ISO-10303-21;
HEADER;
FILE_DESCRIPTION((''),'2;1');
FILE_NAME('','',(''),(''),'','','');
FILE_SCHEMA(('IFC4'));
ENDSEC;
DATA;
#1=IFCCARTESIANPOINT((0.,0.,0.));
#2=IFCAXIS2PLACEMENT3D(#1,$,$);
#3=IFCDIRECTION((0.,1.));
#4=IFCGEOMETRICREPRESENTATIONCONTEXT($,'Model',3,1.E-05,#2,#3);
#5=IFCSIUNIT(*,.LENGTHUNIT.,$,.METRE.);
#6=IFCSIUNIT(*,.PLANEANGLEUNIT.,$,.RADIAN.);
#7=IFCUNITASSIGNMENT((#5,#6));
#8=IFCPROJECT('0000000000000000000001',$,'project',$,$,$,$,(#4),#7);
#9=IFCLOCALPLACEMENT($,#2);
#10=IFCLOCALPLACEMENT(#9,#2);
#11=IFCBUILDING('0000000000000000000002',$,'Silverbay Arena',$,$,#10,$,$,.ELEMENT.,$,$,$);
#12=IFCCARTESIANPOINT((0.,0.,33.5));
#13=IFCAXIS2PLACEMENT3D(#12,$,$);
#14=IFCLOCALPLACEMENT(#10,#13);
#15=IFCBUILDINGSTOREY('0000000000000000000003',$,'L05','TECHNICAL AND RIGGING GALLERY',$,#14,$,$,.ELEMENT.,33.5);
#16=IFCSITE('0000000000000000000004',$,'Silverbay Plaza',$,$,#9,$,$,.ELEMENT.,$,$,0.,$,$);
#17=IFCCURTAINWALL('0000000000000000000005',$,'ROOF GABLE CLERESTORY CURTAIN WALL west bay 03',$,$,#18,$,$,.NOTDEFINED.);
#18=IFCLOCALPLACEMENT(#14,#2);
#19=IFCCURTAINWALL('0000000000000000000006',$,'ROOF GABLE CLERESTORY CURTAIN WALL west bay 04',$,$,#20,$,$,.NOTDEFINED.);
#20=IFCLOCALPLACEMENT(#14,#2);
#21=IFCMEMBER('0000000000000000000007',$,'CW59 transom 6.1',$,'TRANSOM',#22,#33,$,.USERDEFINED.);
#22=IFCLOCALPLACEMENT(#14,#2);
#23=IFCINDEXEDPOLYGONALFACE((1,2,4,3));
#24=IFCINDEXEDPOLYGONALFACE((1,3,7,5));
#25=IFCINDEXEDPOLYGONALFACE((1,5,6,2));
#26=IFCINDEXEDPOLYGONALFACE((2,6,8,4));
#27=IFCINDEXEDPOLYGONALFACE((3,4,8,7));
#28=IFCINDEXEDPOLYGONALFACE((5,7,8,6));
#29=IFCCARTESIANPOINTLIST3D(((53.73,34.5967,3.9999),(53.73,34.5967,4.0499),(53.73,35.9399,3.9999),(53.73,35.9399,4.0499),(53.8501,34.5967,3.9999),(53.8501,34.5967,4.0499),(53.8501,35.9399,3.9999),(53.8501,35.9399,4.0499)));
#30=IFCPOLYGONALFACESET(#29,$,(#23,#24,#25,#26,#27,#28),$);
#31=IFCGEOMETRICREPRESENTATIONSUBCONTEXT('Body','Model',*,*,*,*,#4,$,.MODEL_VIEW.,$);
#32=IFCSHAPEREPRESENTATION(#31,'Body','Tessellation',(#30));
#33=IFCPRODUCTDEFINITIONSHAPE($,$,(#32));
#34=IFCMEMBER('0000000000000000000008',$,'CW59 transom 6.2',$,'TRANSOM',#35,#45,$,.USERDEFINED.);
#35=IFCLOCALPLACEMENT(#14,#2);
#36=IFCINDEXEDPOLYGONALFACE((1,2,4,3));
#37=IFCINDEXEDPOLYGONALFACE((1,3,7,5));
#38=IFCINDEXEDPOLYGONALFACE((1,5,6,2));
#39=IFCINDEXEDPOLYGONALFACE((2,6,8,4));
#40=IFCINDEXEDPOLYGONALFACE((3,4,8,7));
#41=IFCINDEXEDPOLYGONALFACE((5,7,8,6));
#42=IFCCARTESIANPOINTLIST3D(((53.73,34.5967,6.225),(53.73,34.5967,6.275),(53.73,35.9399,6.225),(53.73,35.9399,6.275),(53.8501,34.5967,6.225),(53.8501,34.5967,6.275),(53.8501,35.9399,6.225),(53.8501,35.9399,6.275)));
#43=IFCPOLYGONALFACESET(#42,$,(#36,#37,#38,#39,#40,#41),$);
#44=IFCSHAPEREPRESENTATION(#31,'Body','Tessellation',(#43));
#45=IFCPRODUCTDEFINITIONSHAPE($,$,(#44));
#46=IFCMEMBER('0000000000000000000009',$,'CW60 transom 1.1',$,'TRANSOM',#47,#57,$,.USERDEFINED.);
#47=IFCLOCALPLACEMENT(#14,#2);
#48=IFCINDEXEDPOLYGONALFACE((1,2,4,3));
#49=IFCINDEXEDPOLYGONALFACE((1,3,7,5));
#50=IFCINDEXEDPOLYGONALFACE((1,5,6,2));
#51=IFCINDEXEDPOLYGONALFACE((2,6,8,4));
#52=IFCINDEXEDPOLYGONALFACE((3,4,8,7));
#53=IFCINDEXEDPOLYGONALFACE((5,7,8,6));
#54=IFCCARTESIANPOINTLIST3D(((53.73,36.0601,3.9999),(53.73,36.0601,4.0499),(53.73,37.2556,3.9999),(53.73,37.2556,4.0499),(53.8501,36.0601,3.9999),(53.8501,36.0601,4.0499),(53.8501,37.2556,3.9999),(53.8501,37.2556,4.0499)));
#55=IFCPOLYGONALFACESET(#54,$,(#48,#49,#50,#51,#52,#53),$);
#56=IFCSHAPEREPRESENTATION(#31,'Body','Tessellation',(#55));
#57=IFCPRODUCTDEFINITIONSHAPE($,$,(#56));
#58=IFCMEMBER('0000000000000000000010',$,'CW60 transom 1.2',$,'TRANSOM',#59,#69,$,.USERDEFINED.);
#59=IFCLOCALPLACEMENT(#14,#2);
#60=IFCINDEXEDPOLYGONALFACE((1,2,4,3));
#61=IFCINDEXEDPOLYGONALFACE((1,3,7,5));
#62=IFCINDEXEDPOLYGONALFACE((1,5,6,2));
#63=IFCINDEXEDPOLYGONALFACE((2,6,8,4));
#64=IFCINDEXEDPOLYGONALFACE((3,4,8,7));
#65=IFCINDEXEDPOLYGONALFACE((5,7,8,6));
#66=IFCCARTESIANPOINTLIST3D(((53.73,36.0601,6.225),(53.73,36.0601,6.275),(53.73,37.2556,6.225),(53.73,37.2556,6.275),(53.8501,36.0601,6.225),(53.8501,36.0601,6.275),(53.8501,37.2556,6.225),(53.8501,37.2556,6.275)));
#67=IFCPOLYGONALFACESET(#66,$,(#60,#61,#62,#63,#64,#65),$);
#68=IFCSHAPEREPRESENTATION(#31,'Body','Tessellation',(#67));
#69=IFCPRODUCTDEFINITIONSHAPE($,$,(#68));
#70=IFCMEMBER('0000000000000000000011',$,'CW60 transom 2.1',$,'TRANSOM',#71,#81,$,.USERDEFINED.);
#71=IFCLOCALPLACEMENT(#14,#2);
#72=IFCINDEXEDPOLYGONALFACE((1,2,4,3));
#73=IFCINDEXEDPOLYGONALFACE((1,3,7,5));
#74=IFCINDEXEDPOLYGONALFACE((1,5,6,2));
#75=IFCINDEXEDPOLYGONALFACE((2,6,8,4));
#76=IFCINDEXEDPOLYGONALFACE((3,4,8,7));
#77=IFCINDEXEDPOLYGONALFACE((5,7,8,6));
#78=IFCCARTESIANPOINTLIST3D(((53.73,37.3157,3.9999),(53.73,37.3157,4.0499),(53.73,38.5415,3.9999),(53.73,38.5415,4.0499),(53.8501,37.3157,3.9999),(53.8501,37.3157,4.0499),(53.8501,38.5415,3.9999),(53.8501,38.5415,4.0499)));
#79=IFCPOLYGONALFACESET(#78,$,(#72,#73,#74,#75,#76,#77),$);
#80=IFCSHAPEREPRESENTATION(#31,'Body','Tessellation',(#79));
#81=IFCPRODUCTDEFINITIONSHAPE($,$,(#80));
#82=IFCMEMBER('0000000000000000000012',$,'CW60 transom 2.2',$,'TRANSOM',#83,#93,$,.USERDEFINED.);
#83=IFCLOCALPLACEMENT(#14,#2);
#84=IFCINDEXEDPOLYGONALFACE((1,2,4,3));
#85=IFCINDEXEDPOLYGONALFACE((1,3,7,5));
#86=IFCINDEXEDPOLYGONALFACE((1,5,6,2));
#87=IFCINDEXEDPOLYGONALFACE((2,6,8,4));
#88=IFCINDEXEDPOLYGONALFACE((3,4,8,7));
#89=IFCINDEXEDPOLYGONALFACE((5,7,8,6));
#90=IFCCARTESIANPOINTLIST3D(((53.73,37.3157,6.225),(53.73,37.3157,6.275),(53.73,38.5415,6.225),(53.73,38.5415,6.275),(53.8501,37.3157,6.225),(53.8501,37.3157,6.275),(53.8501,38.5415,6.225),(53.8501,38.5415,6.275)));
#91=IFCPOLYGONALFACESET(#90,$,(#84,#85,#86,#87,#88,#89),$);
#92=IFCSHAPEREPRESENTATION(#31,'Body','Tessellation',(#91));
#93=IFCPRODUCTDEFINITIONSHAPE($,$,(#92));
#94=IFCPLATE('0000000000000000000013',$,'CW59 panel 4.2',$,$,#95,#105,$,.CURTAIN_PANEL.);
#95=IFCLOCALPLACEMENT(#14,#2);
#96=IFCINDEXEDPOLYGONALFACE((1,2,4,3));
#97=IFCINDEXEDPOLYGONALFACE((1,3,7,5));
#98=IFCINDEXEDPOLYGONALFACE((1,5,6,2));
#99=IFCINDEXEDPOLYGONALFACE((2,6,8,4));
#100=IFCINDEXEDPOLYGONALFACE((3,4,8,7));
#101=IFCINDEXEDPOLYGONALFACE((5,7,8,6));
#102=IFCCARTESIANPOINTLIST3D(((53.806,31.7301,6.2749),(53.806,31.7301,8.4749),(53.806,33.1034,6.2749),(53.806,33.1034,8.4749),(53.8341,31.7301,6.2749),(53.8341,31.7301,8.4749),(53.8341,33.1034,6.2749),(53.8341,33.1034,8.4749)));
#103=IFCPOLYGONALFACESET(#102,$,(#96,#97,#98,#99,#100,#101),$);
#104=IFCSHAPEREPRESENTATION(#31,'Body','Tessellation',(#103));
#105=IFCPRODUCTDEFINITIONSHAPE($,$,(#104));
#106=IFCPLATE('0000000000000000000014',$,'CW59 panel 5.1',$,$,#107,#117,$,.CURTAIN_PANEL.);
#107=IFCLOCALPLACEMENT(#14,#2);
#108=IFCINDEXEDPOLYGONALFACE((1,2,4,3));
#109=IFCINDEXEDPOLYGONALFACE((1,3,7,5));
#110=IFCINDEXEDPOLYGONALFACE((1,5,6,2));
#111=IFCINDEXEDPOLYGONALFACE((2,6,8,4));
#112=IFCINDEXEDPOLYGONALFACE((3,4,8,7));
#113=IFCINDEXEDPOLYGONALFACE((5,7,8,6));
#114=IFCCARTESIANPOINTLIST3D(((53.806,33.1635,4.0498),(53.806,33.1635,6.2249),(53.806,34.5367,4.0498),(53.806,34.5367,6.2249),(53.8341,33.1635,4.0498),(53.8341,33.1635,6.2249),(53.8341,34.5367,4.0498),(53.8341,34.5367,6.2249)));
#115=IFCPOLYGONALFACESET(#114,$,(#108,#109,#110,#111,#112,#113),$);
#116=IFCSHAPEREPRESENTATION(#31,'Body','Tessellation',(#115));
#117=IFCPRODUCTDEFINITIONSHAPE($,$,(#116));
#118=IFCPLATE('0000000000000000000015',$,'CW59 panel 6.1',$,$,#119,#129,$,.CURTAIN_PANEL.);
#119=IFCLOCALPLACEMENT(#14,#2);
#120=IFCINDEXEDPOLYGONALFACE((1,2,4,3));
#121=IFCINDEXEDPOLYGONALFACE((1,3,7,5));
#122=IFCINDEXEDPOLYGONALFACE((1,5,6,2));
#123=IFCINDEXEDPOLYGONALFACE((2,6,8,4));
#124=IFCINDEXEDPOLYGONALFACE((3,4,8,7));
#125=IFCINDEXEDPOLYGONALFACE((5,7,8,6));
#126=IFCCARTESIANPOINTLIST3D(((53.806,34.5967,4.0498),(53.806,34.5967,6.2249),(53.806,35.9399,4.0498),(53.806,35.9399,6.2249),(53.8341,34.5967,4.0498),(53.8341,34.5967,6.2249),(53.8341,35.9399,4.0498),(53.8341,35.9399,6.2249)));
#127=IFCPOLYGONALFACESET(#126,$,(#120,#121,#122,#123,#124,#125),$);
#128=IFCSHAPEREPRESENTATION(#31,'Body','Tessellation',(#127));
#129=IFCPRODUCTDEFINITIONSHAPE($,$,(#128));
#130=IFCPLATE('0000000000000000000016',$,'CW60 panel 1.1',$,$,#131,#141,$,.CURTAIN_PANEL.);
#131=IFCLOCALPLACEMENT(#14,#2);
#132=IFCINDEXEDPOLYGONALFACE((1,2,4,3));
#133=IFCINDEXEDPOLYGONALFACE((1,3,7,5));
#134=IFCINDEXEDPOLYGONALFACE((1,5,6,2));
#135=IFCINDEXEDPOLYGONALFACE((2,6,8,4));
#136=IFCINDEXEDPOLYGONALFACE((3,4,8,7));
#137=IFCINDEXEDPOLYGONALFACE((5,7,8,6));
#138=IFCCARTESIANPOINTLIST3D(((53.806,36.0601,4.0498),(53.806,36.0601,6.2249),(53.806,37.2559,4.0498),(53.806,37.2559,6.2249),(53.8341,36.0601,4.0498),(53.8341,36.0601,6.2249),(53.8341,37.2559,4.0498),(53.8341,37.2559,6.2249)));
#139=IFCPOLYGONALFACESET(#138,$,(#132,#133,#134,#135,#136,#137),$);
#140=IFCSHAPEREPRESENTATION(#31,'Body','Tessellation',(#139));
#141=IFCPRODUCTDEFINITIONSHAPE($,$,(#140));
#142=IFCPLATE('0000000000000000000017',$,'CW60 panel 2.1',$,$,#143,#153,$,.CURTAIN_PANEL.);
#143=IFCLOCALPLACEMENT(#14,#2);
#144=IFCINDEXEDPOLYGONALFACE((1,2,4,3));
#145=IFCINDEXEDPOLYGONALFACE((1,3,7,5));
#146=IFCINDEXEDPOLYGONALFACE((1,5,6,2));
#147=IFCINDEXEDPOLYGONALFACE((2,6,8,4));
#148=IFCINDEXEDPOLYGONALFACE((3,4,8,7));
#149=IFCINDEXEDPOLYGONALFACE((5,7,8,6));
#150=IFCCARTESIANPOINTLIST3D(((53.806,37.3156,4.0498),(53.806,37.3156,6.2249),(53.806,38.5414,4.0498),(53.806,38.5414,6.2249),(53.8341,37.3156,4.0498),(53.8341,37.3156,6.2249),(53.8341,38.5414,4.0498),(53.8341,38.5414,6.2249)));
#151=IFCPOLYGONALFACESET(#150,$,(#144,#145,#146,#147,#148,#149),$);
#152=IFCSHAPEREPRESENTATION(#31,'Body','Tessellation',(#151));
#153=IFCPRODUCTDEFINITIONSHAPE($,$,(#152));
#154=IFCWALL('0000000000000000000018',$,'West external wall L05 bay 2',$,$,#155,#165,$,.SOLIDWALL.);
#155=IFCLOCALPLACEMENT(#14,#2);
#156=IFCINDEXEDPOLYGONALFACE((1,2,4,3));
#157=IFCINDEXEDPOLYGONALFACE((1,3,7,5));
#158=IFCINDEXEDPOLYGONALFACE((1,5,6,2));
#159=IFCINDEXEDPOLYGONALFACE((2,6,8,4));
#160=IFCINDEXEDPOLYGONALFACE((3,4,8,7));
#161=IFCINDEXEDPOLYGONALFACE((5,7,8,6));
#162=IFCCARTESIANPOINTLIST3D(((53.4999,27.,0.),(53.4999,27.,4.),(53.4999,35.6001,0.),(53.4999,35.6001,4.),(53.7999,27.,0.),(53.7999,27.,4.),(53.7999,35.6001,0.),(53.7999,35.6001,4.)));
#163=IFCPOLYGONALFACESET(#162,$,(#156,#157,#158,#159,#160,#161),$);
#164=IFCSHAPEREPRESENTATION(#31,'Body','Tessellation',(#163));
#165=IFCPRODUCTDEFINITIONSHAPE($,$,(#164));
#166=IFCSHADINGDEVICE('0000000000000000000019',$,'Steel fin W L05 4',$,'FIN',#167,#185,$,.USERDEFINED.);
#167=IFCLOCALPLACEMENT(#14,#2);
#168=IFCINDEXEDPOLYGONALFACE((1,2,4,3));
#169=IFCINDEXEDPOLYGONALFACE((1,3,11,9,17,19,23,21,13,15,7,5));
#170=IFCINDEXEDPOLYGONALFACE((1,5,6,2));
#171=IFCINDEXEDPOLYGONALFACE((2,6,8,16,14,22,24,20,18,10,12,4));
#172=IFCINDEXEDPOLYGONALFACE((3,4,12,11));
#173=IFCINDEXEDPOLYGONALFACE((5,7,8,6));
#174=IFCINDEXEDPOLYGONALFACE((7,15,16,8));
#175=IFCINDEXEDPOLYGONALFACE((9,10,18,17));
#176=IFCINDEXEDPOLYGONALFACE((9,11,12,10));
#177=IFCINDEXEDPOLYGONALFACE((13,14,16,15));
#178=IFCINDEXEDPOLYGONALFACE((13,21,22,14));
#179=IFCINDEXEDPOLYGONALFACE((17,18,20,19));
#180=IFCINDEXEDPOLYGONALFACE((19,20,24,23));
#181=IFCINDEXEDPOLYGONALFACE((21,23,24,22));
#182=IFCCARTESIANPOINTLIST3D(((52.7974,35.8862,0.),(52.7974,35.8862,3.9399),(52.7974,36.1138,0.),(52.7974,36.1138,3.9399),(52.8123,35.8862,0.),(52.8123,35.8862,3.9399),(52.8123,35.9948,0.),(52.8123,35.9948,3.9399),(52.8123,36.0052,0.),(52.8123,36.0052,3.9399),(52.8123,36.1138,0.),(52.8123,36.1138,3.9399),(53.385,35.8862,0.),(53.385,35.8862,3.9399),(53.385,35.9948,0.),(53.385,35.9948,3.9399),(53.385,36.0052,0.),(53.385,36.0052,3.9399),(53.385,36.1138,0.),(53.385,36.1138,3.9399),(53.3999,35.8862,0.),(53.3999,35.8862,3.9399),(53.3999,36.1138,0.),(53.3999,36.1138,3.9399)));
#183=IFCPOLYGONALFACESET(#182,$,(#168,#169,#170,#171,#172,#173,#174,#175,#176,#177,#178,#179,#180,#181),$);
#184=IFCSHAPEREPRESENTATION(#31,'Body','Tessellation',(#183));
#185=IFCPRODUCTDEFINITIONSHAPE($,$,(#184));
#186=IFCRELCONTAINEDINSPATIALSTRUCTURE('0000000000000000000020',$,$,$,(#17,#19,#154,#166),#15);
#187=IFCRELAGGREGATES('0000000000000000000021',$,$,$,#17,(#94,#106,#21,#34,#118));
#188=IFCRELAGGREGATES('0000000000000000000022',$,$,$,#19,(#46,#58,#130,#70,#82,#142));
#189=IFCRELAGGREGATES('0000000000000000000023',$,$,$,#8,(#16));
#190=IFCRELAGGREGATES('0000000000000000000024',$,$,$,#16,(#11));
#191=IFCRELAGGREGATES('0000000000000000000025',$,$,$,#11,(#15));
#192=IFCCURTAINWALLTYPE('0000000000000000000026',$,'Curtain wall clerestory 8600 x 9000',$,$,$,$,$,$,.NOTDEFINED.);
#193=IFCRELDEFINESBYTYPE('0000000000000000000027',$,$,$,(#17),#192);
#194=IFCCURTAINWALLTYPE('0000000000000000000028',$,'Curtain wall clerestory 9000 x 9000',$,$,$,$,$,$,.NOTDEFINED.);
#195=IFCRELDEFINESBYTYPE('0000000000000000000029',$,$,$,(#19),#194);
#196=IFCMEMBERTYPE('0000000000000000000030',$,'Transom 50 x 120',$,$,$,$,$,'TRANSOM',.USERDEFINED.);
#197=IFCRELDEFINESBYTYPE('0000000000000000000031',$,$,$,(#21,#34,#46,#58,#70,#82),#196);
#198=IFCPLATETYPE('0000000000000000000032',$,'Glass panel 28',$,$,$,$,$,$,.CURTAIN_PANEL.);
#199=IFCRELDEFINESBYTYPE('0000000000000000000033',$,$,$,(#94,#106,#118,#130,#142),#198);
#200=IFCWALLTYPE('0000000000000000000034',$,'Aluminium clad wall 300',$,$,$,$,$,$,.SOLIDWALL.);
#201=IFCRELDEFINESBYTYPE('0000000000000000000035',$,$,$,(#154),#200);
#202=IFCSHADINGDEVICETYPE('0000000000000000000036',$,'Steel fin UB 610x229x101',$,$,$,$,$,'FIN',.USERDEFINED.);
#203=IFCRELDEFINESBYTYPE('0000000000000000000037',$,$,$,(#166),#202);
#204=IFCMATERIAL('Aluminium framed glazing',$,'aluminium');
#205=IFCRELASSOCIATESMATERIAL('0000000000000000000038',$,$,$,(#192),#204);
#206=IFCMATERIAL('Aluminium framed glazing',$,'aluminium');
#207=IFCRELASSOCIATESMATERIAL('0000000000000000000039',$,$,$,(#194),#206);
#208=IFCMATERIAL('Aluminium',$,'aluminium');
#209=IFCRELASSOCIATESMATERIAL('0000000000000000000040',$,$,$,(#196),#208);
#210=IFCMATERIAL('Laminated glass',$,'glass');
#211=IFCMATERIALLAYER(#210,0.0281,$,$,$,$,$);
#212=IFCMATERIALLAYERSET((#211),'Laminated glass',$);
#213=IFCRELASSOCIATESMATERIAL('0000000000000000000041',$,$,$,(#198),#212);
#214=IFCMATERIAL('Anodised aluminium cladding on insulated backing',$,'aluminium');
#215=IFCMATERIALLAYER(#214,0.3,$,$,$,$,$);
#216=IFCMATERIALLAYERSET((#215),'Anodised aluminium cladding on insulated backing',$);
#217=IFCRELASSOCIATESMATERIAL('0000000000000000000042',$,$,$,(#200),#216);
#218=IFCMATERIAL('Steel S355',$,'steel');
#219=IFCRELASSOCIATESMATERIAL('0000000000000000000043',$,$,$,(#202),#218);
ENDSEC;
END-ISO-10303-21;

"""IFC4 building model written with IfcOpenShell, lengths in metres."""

from ifc_helpers import new_model, si_unit, direction, frame, frame_2d, origin, origin_2d, place, context, subcontext, project, spatial, rectangle, i_section, extrude, material, layer, layer_set, material_profile, profile_set, type_object, element, aggregate, save


model = new_model("IFC4")

# Units and contexts
model_context = context("Model", 3, precision=1e-05, world=origin(), true_north=direction((0.0, 1.0)))
body_context = subcontext(model_context, "Body", "Model", "MODEL_VIEW")
ifc_project = project(units=[si_unit("LENGTHUNIT", "METRE"), si_unit("PLANEANGLEUNIT", "RADIAN")], contexts=[model_context])

# Site, building, storey
site_placement = place(None, origin())
site = spatial("IfcSite", under=ifc_project, at=site_placement, Name="Silverbay Plaza", CompositionType="ELEMENT", RefElevation=0.0)
building_placement = place(site_placement, origin())
building = spatial("IfcBuilding", under=site, at=building_placement, Name="Silverbay Arena", CompositionType="ELEMENT")
storey_placement = place(building_placement, frame((0.0, 0.0, 33.5)))
storey = spatial("IfcBuildingStorey", under=building, at=storey_placement, Name="L05", Description="TECHNICAL AND RIGGING GALLERY", CompositionType="ELEMENT", Elevation=33.5)

# Curtain walls
ifc_material_1 = material(Name="Aluminium framed glazing", Category="aluminium")
curtain_wall_type_1 = type_object("IfcCurtainWallType", Name="Curtain wall clerestory 8600 x 9000", PredefinedType="NOTDEFINED", material=ifc_material_1)
curtain_wall_1_placement = place(storey_placement, origin())
curtain_wall_1 = element("IfcCurtainWall", 1, at=curtain_wall_1_placement, inside=storey, type_object=curtain_wall_type_1, Name="ROOF GABLE CLERESTORY CURTAIN WALL west bay 03", PredefinedType="NOTDEFINED")
ifc_material_2 = material(Name="Aluminium framed glazing", Category="aluminium")
curtain_wall_type_2 = type_object("IfcCurtainWallType", Name="Curtain wall clerestory 9000 x 9000", PredefinedType="NOTDEFINED", material=ifc_material_2)
curtain_wall_2_placement = place(storey_placement, origin())
curtain_wall_2 = element("IfcCurtainWall", 2, at=curtain_wall_2_placement, inside=storey, type_object=curtain_wall_type_2, Name="ROOF GABLE CLERESTORY CURTAIN WALL west bay 04", PredefinedType="NOTDEFINED")

# Members
ifc_material_3 = material(Name="Aluminium", Category="aluminium")
ifc_material_profile_1 = material_profile(ifc_material_3, rectangle(XDim=0.1201, YDim=0.05, at=origin_2d()), Name="Transom 50 x 120")
ifc_profile_set_1 = profile_set([ifc_material_profile_1], Name="Aluminium")
member_type_1 = type_object("IfcMemberType", Name="Transom 50 x 120", ElementType="TRANSOM", PredefinedType="USERDEFINED", material=ifc_profile_set_1)
member_1_placement = place(storey_placement, frame((53.79, 34.5967, 4.0249), z_axis=(0.0, 1.0, 0.0), x_axis=(-1.0, 0.0, 0.0)))
member_1 = element("IfcMember", 3, at=member_1_placement, type_object=member_type_1, Name="CW59 transom 6.1", ObjectType="TRANSOM", PredefinedType="USERDEFINED", context=body_context, shape_type="SweptSolid", body=[
    extrude(rectangle(XDim=0.1201, YDim=0.05, at=origin_2d()), origin(), (0.0, 0.0, 1.0), 1.3433),
])
member_2_placement = place(storey_placement, frame((53.79, 34.5967, 6.25), z_axis=(0.0, 1.0, 0.0), x_axis=(-1.0, 0.0, 0.0)))
member_2 = element("IfcMember", 4, at=member_2_placement, type_object=member_type_1, Name="CW59 transom 6.2", ObjectType="TRANSOM", PredefinedType="USERDEFINED", context=body_context, shape_type="SweptSolid", body=[
    extrude(rectangle(XDim=0.1201, YDim=0.05, at=origin_2d()), origin(), (0.0, 0.0, 1.0), 1.3433),
])
member_3_placement = place(storey_placement, frame((53.79, 36.0601, 4.0249), z_axis=(0.0, 1.0, 0.0), x_axis=(-1.0, 0.0, 0.0)))
member_3 = element("IfcMember", 5, at=member_3_placement, type_object=member_type_1, Name="CW60 transom 1.1", ObjectType="TRANSOM", PredefinedType="USERDEFINED", context=body_context, shape_type="SweptSolid", body=[
    extrude(rectangle(XDim=0.1201, YDim=0.05, at=origin_2d()), origin(), (0.0, 0.0, 1.0), 1.1956),
])
member_4_placement = place(storey_placement, frame((53.79, 36.0601, 6.25), z_axis=(0.0, 1.0, 0.0), x_axis=(-1.0, 0.0, 0.0)))
member_4 = element("IfcMember", 6, at=member_4_placement, type_object=member_type_1, Name="CW60 transom 1.2", ObjectType="TRANSOM", PredefinedType="USERDEFINED", context=body_context, shape_type="SweptSolid", body=[
    extrude(rectangle(XDim=0.1201, YDim=0.05, at=origin_2d()), origin(), (0.0, 0.0, 1.0), 1.1956),
])
member_5_placement = place(storey_placement, frame((53.79, 37.3157, 4.0249), z_axis=(0.0, 1.0, 0.0), x_axis=(-1.0, 0.0, 0.0)))
member_5 = element("IfcMember", 7, at=member_5_placement, type_object=member_type_1, Name="CW60 transom 2.1", ObjectType="TRANSOM", PredefinedType="USERDEFINED", context=body_context, shape_type="SweptSolid", body=[
    extrude(rectangle(XDim=0.1201, YDim=0.05, at=origin_2d()), origin(), (0.0, 0.0, 1.0), 1.2258),
])
member_6_placement = place(storey_placement, frame((53.79, 37.3157, 6.25), z_axis=(0.0, 1.0, 0.0), x_axis=(-1.0, 0.0, 0.0)))
member_6 = element("IfcMember", 8, at=member_6_placement, type_object=member_type_1, Name="CW60 transom 2.2", ObjectType="TRANSOM", PredefinedType="USERDEFINED", context=body_context, shape_type="SweptSolid", body=[
    extrude(rectangle(XDim=0.1201, YDim=0.05, at=origin_2d()), origin(), (0.0, 0.0, 1.0), 1.2258),
])

# Plates
ifc_material_4 = material(Name="Laminated glass", Category="glass")
ifc_layer_1 = layer(ifc_material_4, 0.0281)
ifc_layer_set_1 = layer_set([ifc_layer_1], Name="Laminated glass")
plate_type = type_object("IfcPlateType", Name="Glass panel 28", PredefinedType="CURTAIN_PANEL", material=ifc_layer_set_1)
plate_1_placement = place(storey_placement, frame((53.8201, 32.4167, 6.2749), z_axis=(0.0, 0.0, 1.0), x_axis=(0.0, 1.0, 0.0)))
plate_1 = element("IfcPlate", 9, at=plate_1_placement, type_object=plate_type, Name="CW59 panel 4.2", PredefinedType="CURTAIN_PANEL", context=body_context, shape_type="SweptSolid", body=[
    extrude(rectangle(XDim=1.3733, YDim=0.0281, at=origin_2d()), origin(), (0.0, 0.0, 1.0), 2.2),
])
plate_2_placement = place(storey_placement, frame((53.8201, 33.8501, 4.0498), z_axis=(0.0, 0.0, 1.0), x_axis=(0.0, 1.0, 0.0)))
plate_2 = element("IfcPlate", 10, at=plate_2_placement, type_object=plate_type, Name="CW59 panel 5.1", PredefinedType="CURTAIN_PANEL", context=body_context, shape_type="SweptSolid", body=[
    extrude(rectangle(XDim=1.3733, YDim=0.0281, at=origin_2d()), origin(), (0.0, 0.0, 1.0), 2.175),
])
plate_3_placement = place(storey_placement, frame((53.8201, 35.2683, 4.0498), z_axis=(0.0, 0.0, 1.0), x_axis=(0.0, 1.0, 0.0)))
plate_3 = element("IfcPlate", 11, at=plate_3_placement, type_object=plate_type, Name="CW59 panel 6.1", PredefinedType="CURTAIN_PANEL", context=body_context, shape_type="SweptSolid", body=[
    extrude(rectangle(XDim=1.3433, YDim=0.0281, at=origin_2d()), origin(), (0.0, 0.0, 1.0), 2.175),
])
aggregate(curtain_wall_1, [plate_1, plate_2, member_1, member_2, plate_3])
plate_4_placement = place(storey_placement, frame((53.8201, 36.658, 4.0498), z_axis=(0.0, 0.0, 1.0), x_axis=(0.0, 1.0, 0.0)))
plate_4 = element("IfcPlate", 12, at=plate_4_placement, type_object=plate_type, Name="CW60 panel 1.1", PredefinedType="CURTAIN_PANEL", context=body_context, shape_type="SweptSolid", body=[
    extrude(rectangle(XDim=1.1958, YDim=0.0281, at=origin_2d()), origin(), (0.0, 0.0, 1.0), 2.175),
])
plate_5_placement = place(storey_placement, frame((53.8201, 37.9285, 4.0498), z_axis=(0.0, 0.0, 1.0), x_axis=(0.0, 1.0, 0.0)))
plate_5 = element("IfcPlate", 13, at=plate_5_placement, type_object=plate_type, Name="CW60 panel 2.1", PredefinedType="CURTAIN_PANEL", context=body_context, shape_type="SweptSolid", body=[
    extrude(rectangle(XDim=1.2258, YDim=0.0281, at=origin_2d()), origin(), (0.0, 0.0, 1.0), 2.175),
])
aggregate(curtain_wall_2, [member_3, member_4, plate_4, member_5, member_6, plate_5])

# Wall
ifc_material_5 = material(Name="Anodised aluminium cladding on insulated backing", Category="aluminium")
ifc_layer_2 = layer(ifc_material_5, 0.3)
ifc_layer_set_2 = layer_set([ifc_layer_2], Name="Anodised aluminium cladding on insulated backing")
wall_type = type_object("IfcWallType", Name="Aluminium clad wall 300", PredefinedType="SOLIDWALL", material=ifc_layer_set_2)
wall_placement = place(storey_placement, frame((53.6499, 35.6001, 0.0), z_axis=(0.0, 0.0, 1.0), x_axis=(0.0, -1.0, 0.0)))
element("IfcWall", 14, at=wall_placement, inside=storey, type_object=wall_type, Name="West external wall L05 bay 2", PredefinedType="SOLIDWALL", context=body_context, shape_type="SweptSolid", body=[
    extrude(rectangle(XDim=8.6001, YDim=0.3, at=frame_2d((4.3, 0.0))), origin(), (0.0, 0.0, 1.0), 4.0),
])

# Shading device
ifc_material_6 = material(Name="Steel S355", Category="steel")
ifc_material_profile_2 = material_profile(ifc_material_6, i_section(OverallWidth=0.2275, OverallDepth=0.6025, WebThickness=0.0105, FlangeThickness=0.0149, at=origin_2d()), Name="UB 610x229x101")
ifc_profile_set_2 = profile_set([ifc_material_profile_2], Name="Steel S355")
shading_device_type = type_object("IfcShadingDeviceType", Name="Steel fin UB 610x229x101", ElementType="FIN", PredefinedType="USERDEFINED", material=ifc_profile_set_2)
shading_device_placement = place(storey_placement, frame((53.0986, 36.0, 0.0), z_axis=(0.0, 0.0, 1.0), x_axis=(0.0, 1.0, 0.0)))
element("IfcShadingDevice", 15, at=shading_device_placement, inside=storey, type_object=shading_device_type, Name="Steel fin W L05 4", ObjectType="FIN", PredefinedType="USERDEFINED", context=body_context, shape_type="SweptSolid", body=[
    extrude(i_section(OverallWidth=0.2275, OverallDepth=0.6025, WebThickness=0.0105, FlangeThickness=0.0149, at=origin_2d()), origin(), (0.0, 0.0, 1.0), 3.9399),
])

save(model, "model.ifc")
